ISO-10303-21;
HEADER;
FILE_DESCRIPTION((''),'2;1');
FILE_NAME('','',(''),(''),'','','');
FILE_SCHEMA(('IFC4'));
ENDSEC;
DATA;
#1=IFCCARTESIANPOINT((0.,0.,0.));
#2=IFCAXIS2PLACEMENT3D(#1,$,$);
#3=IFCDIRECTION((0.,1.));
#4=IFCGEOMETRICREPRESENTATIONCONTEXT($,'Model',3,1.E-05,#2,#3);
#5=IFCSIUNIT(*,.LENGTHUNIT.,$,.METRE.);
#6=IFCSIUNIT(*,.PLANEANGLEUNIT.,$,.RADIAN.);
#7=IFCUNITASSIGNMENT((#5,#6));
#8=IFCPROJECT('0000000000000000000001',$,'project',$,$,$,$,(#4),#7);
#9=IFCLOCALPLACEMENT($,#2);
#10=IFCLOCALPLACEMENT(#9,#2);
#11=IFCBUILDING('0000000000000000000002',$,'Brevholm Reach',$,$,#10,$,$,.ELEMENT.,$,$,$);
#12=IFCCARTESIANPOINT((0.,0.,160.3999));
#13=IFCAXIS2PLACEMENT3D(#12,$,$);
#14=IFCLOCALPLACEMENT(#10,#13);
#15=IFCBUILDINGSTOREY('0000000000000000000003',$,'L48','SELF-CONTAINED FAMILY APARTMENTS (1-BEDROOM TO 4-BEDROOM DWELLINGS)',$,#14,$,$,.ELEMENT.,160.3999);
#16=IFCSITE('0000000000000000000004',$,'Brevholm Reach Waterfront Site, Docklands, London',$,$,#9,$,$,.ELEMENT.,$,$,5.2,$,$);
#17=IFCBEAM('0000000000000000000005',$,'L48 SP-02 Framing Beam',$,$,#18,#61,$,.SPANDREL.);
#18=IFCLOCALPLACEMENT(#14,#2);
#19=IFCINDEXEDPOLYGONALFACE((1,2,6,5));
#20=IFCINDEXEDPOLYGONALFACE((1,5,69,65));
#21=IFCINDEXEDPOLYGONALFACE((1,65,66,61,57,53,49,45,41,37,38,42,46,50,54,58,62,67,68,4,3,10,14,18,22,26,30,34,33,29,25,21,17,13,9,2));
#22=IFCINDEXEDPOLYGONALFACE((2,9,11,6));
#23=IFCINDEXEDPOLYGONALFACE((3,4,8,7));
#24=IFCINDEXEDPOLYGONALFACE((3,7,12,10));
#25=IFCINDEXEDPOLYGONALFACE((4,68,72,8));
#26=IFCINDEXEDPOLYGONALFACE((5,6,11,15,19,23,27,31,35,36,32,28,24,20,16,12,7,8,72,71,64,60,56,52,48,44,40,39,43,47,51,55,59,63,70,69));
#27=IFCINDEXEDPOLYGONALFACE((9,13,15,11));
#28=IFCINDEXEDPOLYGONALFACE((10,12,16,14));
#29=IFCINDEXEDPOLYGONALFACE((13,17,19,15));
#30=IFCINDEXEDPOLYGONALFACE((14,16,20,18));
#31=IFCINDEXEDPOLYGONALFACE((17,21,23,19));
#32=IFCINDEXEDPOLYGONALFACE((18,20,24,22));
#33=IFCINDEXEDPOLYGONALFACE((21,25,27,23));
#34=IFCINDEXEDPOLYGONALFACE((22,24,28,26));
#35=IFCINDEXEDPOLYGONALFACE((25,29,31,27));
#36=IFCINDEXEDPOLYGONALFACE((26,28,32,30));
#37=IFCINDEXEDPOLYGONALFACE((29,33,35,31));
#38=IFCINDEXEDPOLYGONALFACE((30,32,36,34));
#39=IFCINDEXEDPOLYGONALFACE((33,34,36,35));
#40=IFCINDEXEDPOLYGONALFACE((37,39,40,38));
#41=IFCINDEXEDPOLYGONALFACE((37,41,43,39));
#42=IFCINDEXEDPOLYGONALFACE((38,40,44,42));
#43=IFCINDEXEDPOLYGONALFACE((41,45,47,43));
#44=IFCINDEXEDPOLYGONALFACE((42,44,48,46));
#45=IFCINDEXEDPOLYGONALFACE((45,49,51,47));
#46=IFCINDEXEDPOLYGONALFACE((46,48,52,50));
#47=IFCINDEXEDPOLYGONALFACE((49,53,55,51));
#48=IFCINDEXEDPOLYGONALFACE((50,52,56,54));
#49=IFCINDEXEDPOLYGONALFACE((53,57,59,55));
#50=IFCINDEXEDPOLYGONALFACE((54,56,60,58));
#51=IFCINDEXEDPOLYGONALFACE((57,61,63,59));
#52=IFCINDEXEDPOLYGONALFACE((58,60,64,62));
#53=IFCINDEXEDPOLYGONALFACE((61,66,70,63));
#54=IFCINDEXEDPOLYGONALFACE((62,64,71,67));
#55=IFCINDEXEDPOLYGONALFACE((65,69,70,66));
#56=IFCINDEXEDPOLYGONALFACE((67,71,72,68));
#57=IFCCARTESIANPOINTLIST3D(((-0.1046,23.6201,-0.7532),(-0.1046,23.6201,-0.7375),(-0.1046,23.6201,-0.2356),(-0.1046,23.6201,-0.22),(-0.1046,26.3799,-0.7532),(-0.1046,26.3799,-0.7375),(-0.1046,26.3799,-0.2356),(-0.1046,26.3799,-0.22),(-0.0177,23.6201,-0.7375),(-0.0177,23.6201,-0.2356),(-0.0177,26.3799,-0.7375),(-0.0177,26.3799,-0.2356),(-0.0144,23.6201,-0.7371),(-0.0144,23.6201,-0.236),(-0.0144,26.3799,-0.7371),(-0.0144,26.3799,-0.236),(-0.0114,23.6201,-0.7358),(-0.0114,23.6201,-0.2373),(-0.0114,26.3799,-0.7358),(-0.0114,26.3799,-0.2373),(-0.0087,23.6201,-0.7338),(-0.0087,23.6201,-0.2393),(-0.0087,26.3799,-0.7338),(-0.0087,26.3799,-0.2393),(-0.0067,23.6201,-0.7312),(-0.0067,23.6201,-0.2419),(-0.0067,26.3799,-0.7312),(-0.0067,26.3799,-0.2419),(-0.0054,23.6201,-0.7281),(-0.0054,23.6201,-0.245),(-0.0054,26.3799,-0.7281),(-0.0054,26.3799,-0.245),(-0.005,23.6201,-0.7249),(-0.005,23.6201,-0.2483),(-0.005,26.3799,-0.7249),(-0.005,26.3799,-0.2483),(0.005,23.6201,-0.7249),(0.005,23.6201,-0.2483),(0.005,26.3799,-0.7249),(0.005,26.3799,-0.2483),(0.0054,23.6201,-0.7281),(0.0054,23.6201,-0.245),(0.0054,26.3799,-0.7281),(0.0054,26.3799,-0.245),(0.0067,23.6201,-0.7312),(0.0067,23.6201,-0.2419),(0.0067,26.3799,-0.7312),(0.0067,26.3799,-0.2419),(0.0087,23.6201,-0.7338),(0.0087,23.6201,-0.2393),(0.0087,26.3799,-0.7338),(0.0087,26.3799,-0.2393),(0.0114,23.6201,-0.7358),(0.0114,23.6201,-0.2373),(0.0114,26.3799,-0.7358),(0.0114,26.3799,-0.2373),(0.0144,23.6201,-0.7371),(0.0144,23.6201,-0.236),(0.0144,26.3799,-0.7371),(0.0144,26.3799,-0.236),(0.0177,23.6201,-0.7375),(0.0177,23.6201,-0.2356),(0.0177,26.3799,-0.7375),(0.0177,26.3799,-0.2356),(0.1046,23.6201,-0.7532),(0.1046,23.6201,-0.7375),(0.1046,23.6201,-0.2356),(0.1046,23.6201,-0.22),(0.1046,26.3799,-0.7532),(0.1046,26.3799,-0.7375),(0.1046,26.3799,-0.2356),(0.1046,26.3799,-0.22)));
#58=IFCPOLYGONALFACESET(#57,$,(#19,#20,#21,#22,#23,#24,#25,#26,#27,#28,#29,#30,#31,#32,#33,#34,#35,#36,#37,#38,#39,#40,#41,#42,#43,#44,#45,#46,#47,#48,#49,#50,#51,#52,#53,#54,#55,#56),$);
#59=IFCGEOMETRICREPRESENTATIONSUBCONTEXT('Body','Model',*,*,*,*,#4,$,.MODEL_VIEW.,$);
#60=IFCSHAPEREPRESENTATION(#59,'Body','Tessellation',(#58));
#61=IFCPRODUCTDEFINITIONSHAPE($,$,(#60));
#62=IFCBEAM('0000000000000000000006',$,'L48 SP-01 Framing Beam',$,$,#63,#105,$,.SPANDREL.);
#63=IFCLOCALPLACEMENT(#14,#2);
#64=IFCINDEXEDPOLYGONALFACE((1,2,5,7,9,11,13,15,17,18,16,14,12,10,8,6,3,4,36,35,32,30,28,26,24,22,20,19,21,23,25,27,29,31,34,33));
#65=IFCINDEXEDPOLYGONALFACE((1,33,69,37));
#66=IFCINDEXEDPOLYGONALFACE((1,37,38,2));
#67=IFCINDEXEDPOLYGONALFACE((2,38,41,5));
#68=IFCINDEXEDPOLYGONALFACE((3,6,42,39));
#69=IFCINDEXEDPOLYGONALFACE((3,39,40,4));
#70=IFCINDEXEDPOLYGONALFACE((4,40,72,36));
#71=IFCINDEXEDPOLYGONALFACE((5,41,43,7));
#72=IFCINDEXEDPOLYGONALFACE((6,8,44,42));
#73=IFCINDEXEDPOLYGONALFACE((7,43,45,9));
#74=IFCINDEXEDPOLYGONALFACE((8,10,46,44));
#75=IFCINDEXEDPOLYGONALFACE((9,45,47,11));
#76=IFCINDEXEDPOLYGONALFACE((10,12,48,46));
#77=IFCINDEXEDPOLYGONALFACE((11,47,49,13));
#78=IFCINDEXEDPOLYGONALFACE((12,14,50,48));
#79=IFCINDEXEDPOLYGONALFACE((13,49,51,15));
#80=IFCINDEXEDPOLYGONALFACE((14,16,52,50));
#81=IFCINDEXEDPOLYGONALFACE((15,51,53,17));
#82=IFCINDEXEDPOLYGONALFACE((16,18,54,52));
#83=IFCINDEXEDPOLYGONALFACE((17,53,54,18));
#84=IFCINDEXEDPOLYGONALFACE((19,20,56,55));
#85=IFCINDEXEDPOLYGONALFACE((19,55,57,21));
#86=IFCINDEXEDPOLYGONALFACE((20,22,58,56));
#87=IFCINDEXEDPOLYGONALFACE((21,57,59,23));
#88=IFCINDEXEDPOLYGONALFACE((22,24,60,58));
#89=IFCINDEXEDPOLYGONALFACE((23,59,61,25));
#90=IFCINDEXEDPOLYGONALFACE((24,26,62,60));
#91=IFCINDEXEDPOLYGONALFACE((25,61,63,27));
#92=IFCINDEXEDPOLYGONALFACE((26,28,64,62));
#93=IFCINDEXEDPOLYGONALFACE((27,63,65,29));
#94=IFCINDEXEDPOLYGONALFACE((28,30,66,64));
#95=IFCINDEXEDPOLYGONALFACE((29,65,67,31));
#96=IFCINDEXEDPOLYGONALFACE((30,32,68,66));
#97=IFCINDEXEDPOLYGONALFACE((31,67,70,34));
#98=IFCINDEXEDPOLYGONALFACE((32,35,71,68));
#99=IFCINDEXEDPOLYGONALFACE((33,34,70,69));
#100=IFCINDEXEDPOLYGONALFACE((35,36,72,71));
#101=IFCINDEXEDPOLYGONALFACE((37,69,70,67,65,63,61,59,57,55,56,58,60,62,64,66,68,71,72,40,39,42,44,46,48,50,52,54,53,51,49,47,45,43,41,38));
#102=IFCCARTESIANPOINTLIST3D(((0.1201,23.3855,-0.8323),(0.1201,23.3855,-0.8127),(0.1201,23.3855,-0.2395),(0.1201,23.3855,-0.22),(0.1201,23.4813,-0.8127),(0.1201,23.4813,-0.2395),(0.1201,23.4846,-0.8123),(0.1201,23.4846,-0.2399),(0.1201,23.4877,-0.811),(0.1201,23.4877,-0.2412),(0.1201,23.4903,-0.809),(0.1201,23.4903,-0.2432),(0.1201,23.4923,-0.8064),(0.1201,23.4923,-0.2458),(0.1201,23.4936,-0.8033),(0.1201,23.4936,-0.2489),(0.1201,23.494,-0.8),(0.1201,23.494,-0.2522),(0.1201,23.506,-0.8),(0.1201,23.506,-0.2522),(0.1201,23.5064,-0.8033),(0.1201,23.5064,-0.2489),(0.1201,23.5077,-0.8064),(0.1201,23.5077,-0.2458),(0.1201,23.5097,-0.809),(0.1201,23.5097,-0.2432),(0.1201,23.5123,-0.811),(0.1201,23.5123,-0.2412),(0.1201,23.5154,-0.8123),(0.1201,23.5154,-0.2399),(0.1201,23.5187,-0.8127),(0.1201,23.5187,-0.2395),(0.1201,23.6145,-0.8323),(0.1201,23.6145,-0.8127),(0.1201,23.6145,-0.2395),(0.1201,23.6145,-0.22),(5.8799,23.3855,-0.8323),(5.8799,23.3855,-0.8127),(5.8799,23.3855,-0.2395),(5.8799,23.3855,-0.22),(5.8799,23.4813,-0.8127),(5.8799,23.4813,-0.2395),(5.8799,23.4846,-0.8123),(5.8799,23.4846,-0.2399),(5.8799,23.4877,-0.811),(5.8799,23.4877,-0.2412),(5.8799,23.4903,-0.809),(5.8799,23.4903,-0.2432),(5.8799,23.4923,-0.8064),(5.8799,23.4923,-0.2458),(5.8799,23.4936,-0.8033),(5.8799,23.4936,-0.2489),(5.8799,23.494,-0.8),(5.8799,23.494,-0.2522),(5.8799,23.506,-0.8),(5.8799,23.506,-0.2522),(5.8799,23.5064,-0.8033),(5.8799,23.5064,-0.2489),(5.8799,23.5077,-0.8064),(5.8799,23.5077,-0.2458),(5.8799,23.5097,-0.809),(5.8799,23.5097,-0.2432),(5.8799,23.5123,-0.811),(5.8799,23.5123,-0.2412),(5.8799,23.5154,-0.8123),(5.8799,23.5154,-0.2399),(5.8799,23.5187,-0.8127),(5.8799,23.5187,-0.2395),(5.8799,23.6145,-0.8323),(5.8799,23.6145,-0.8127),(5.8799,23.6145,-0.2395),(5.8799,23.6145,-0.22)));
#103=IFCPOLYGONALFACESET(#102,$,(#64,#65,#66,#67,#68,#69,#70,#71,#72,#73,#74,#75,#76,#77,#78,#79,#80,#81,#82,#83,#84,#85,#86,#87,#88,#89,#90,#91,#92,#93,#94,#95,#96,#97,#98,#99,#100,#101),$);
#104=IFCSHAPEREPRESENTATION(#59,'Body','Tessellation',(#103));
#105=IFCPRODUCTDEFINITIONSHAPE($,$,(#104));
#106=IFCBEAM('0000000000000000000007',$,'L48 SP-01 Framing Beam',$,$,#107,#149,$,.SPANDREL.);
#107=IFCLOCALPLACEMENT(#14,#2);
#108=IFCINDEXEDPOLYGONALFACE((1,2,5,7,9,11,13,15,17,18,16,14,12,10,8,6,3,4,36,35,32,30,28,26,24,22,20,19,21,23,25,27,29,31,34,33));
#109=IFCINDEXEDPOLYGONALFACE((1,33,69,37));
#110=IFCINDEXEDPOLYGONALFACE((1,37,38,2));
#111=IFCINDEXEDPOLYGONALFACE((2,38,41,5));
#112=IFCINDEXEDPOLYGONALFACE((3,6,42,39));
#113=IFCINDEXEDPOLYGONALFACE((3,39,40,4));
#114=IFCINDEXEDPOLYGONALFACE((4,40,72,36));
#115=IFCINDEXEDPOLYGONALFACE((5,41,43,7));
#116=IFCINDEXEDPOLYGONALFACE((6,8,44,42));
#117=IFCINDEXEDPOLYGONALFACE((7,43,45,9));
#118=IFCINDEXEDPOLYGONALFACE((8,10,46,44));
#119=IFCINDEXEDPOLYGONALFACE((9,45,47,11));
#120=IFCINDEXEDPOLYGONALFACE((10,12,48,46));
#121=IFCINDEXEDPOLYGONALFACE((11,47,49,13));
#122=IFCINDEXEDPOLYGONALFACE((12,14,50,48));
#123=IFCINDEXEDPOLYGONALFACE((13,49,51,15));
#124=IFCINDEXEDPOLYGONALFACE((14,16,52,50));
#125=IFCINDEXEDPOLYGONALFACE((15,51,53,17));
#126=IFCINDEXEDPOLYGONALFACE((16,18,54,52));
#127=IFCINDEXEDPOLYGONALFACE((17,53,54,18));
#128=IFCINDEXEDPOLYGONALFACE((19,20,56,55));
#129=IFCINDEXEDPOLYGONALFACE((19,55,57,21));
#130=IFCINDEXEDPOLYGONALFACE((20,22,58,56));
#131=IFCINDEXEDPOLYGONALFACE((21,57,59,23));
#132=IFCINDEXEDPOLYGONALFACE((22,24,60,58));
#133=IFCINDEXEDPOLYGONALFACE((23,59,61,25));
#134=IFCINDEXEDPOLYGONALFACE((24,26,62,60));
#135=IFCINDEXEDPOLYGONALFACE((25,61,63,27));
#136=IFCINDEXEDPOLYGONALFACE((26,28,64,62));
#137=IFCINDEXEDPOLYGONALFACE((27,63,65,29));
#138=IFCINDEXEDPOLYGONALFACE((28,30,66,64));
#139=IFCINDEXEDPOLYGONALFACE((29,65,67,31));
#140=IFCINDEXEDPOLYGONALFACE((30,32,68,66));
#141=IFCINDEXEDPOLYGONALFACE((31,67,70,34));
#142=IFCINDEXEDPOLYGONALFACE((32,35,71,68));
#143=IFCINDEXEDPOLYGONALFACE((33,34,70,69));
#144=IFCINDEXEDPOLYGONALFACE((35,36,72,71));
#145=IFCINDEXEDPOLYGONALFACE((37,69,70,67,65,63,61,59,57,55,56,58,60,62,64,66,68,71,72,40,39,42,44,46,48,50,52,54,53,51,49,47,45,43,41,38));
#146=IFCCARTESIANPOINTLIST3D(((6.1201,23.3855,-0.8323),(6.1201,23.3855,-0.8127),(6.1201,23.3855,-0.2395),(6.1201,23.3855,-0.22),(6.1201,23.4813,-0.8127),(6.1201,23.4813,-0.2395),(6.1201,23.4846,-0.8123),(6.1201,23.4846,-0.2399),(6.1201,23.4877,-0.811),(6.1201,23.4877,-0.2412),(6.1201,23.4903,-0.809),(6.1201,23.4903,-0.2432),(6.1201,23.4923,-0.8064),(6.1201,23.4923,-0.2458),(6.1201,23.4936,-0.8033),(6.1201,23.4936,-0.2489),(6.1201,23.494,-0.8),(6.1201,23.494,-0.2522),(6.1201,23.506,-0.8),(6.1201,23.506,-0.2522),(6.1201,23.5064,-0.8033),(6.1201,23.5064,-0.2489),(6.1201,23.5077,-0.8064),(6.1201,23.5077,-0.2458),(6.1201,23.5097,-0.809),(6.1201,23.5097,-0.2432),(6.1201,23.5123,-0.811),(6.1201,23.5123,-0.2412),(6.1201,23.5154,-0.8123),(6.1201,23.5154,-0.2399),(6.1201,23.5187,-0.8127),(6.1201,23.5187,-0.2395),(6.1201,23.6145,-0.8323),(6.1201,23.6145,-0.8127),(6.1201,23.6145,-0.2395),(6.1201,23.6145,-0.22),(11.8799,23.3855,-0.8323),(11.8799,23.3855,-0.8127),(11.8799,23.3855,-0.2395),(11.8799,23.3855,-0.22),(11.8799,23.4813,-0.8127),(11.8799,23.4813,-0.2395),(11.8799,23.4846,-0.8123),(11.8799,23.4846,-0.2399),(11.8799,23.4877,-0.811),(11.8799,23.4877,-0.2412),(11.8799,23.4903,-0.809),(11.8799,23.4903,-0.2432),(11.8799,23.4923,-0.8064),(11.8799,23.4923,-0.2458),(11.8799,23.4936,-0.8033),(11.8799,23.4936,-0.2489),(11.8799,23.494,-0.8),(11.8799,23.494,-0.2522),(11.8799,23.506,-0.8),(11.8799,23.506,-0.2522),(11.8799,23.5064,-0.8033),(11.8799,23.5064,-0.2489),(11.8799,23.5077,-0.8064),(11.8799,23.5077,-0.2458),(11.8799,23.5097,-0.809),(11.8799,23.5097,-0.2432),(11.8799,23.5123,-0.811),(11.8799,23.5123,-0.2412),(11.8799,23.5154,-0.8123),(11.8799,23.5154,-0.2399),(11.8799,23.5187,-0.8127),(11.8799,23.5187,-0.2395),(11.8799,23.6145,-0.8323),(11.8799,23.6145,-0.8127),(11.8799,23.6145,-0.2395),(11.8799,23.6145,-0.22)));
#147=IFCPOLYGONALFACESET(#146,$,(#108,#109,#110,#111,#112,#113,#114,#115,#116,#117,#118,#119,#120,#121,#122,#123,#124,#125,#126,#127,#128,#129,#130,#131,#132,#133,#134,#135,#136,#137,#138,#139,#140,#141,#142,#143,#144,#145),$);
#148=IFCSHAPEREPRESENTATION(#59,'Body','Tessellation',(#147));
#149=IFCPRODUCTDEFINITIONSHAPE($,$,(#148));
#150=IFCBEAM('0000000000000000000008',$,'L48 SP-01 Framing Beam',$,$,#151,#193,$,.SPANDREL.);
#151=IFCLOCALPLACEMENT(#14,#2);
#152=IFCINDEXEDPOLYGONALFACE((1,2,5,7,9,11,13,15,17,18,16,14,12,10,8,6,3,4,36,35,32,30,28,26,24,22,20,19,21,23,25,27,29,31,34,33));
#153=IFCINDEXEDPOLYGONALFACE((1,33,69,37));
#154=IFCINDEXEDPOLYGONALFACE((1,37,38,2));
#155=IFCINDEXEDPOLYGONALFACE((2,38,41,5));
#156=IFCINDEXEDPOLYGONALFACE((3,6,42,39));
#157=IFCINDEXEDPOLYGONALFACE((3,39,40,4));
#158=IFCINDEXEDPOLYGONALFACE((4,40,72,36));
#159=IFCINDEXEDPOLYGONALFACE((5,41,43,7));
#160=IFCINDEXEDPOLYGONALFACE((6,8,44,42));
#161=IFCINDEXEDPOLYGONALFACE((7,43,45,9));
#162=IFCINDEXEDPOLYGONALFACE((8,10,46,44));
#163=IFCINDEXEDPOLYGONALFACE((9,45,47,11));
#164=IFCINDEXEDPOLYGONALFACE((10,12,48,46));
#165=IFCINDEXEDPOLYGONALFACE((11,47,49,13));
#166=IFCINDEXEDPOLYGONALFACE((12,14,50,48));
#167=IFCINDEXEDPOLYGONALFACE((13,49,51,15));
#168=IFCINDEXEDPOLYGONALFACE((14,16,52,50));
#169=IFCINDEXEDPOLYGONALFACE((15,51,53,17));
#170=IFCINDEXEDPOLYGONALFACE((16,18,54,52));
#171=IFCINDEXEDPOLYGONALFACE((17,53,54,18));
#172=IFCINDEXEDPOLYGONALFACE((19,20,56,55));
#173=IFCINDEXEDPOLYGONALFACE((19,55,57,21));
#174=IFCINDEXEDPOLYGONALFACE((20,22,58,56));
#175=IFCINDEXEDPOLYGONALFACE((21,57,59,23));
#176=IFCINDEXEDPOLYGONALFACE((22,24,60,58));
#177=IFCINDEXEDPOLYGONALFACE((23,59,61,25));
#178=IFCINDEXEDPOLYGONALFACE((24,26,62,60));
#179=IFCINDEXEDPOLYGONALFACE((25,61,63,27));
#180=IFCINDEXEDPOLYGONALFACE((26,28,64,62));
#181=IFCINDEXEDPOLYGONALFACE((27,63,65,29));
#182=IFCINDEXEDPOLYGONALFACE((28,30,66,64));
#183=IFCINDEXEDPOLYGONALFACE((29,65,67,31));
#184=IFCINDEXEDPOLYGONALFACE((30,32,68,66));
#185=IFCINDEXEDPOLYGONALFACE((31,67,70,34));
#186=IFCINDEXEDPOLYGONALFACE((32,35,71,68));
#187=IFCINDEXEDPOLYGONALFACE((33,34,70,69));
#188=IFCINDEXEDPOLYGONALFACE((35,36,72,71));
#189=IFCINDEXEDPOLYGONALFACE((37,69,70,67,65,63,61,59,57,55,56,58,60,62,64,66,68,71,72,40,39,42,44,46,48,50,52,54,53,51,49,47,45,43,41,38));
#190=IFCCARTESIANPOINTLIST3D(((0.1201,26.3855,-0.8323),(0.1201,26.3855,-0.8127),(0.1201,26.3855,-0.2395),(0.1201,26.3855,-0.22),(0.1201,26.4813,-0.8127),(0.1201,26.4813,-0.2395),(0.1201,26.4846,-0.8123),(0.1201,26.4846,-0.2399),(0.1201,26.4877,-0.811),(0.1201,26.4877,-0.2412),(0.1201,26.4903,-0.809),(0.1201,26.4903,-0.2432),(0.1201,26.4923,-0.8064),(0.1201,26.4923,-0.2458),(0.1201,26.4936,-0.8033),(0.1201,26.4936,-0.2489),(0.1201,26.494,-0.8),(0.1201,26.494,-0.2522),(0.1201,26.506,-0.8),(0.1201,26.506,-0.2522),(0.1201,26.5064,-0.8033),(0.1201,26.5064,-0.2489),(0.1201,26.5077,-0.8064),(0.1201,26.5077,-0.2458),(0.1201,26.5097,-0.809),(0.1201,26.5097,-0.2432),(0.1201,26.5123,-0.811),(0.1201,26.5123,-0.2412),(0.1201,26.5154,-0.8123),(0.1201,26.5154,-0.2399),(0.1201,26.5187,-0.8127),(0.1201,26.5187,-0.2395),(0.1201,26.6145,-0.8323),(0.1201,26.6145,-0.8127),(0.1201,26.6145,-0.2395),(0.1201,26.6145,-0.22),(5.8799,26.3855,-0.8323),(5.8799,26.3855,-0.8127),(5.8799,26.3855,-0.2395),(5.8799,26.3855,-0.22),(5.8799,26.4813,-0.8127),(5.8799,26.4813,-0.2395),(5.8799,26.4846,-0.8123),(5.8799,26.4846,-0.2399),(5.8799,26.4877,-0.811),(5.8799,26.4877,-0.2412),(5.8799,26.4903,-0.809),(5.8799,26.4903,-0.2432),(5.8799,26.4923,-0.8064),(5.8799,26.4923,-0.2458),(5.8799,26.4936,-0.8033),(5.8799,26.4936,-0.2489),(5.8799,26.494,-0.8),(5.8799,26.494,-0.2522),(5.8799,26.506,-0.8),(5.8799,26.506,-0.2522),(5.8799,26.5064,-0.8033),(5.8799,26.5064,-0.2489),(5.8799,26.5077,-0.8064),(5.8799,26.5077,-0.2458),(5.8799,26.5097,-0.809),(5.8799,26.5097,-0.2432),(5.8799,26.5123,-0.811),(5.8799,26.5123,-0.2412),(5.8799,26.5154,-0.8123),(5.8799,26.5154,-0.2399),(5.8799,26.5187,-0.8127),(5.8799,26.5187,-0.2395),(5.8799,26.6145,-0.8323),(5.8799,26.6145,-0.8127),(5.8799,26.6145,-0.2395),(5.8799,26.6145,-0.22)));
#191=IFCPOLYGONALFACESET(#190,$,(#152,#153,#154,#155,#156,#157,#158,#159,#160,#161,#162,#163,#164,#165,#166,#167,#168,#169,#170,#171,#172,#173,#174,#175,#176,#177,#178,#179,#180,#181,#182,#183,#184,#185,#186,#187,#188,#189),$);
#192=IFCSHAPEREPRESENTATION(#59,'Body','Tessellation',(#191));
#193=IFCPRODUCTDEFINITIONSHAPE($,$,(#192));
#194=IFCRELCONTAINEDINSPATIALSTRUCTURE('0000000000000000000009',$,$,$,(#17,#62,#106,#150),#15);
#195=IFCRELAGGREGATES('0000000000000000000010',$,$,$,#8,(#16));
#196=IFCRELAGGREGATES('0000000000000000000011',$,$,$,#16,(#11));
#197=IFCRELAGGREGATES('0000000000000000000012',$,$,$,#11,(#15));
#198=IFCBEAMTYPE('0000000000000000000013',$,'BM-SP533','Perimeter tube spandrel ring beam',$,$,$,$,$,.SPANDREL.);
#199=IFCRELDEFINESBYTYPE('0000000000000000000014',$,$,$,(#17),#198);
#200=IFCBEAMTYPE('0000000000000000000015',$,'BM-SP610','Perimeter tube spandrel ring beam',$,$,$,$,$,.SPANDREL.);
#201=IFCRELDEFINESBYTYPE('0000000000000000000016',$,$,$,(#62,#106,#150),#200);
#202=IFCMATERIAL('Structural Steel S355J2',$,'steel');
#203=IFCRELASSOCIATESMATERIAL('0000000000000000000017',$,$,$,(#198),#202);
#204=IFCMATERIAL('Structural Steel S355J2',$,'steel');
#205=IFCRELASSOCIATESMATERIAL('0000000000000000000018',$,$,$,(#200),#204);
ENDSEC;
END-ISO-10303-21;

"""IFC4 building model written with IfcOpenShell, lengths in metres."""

from ifc_helpers import new_model, si_unit, direction, frame, origin, origin_2d, place, context, subcontext, project, spatial, i_section, extrude, material, material_profile, profile_set, type_object, element, save


model = new_model("IFC4")

# Units and contexts
model_context = context("Model", 3, precision=1e-05, world=origin(), true_north=direction((0.0, 1.0)))
body_context = subcontext(model_context, "Body", "Model", "MODEL_VIEW")
ifc_project = project(units=[si_unit("LENGTHUNIT", "METRE"), si_unit("PLANEANGLEUNIT", "RADIAN")], contexts=[model_context])

# Site, building, storey
site_placement = place(None, origin())
site = spatial("IfcSite", under=ifc_project, at=site_placement, Name="Brevholm Reach Waterfront Site, Docklands, London", CompositionType="ELEMENT", RefElevation=5.2)
building_placement = place(site_placement, origin())
building = spatial("IfcBuilding", under=site, at=building_placement, Name="Brevholm Reach", CompositionType="ELEMENT")
storey_placement = place(building_placement, frame((0.0, 0.0, 160.3999)))
storey = spatial("IfcBuildingStorey", under=building, at=storey_placement, Name="L48", Description="SELF-CONTAINED FAMILY APARTMENTS (1-BEDROOM TO 4-BEDROOM DWELLINGS)", CompositionType="ELEMENT", Elevation=160.3999)

# Beams
ifc_material_1 = material(Name="Structural Steel S355J2", Category="steel")
ifc_material_profile_1 = material_profile(ifc_material_1, i_section(OverallWidth=0.2092, OverallDepth=0.5332, WebThickness=0.01, FlangeThickness=0.0156, FilletRadius=0.0127, at=origin_2d()), Name="UKB 533x210x92")
ifc_profile_set_1 = profile_set([ifc_material_profile_1], Name="Structural Steel S355J2")
beam_type_1 = type_object("IfcBeamType", Name="BM-SP533", Description="Perimeter tube spandrel ring beam", PredefinedType="SPANDREL", material=ifc_profile_set_1)
beam_1_placement = place(storey_placement, frame((0.0, 23.6201, -0.4866), z_axis=(0.0, 1.0, 0.0), x_axis=(-1.0, 0.0, 0.0)))
element("IfcBeam", 1, at=beam_1_placement, inside=storey, type_object=beam_type_1, Name="L48 SP-02 Framing Beam", PredefinedType="SPANDREL", context=body_context, shape_type="SweptSolid", body=[
    extrude(i_section(OverallWidth=0.2092, OverallDepth=0.5332, WebThickness=0.01, FlangeThickness=0.0156, FilletRadius=0.0127, at=origin_2d()), origin(), (0.0, 0.0, 1.0), 2.7598),
])
ifc_material_2 = material(Name="Structural Steel S355J2", Category="steel")
ifc_material_profile_2 = material_profile(ifc_material_2, i_section(OverallWidth=0.229, OverallDepth=0.6123, WebThickness=0.012, FlangeThickness=0.0195, FilletRadius=0.0127, at=origin_2d()), Name="UKB 610x229x125")
ifc_profile_set_2 = profile_set([ifc_material_profile_2], Name="Structural Steel S355J2")
beam_type_2 = type_object("IfcBeamType", Name="BM-SP610", Description="Perimeter tube spandrel ring beam", PredefinedType="SPANDREL", material=ifc_profile_set_2)
for number, where, z_axis, x_axis, name in (
    (2, (0.1201, 23.5, -0.5261), (1.0, 0.0, 0.0), (0.0, 1.0, 0.0), "L48 SP-01 Framing Beam"),
    (3, (6.1201, 23.5, -0.5261), (1.0, 0.0, 0.0), (0.0, 1.0, 0.0), "L48 SP-01 Framing Beam"),
    (4, (0.1201, 26.5, -0.5261), (1.0, 0.0, 0.0), (0.0, 1.0, 0.0), "L48 SP-01 Framing Beam"),
):
    element("IfcBeam", number, at=place(storey_placement, frame(where, z_axis=z_axis, x_axis=x_axis)), inside=storey, type_object=beam_type_2, Name=name, PredefinedType="SPANDREL", context=body_context, shape_type="SweptSolid", body=[
        extrude(i_section(OverallWidth=0.229, OverallDepth=0.6123, WebThickness=0.012, FlangeThickness=0.0195, FilletRadius=0.0127, at=origin_2d()), origin(), (0.0, 0.0, 1.0), 5.7598),
    ])

save(model, "model.ifc")
